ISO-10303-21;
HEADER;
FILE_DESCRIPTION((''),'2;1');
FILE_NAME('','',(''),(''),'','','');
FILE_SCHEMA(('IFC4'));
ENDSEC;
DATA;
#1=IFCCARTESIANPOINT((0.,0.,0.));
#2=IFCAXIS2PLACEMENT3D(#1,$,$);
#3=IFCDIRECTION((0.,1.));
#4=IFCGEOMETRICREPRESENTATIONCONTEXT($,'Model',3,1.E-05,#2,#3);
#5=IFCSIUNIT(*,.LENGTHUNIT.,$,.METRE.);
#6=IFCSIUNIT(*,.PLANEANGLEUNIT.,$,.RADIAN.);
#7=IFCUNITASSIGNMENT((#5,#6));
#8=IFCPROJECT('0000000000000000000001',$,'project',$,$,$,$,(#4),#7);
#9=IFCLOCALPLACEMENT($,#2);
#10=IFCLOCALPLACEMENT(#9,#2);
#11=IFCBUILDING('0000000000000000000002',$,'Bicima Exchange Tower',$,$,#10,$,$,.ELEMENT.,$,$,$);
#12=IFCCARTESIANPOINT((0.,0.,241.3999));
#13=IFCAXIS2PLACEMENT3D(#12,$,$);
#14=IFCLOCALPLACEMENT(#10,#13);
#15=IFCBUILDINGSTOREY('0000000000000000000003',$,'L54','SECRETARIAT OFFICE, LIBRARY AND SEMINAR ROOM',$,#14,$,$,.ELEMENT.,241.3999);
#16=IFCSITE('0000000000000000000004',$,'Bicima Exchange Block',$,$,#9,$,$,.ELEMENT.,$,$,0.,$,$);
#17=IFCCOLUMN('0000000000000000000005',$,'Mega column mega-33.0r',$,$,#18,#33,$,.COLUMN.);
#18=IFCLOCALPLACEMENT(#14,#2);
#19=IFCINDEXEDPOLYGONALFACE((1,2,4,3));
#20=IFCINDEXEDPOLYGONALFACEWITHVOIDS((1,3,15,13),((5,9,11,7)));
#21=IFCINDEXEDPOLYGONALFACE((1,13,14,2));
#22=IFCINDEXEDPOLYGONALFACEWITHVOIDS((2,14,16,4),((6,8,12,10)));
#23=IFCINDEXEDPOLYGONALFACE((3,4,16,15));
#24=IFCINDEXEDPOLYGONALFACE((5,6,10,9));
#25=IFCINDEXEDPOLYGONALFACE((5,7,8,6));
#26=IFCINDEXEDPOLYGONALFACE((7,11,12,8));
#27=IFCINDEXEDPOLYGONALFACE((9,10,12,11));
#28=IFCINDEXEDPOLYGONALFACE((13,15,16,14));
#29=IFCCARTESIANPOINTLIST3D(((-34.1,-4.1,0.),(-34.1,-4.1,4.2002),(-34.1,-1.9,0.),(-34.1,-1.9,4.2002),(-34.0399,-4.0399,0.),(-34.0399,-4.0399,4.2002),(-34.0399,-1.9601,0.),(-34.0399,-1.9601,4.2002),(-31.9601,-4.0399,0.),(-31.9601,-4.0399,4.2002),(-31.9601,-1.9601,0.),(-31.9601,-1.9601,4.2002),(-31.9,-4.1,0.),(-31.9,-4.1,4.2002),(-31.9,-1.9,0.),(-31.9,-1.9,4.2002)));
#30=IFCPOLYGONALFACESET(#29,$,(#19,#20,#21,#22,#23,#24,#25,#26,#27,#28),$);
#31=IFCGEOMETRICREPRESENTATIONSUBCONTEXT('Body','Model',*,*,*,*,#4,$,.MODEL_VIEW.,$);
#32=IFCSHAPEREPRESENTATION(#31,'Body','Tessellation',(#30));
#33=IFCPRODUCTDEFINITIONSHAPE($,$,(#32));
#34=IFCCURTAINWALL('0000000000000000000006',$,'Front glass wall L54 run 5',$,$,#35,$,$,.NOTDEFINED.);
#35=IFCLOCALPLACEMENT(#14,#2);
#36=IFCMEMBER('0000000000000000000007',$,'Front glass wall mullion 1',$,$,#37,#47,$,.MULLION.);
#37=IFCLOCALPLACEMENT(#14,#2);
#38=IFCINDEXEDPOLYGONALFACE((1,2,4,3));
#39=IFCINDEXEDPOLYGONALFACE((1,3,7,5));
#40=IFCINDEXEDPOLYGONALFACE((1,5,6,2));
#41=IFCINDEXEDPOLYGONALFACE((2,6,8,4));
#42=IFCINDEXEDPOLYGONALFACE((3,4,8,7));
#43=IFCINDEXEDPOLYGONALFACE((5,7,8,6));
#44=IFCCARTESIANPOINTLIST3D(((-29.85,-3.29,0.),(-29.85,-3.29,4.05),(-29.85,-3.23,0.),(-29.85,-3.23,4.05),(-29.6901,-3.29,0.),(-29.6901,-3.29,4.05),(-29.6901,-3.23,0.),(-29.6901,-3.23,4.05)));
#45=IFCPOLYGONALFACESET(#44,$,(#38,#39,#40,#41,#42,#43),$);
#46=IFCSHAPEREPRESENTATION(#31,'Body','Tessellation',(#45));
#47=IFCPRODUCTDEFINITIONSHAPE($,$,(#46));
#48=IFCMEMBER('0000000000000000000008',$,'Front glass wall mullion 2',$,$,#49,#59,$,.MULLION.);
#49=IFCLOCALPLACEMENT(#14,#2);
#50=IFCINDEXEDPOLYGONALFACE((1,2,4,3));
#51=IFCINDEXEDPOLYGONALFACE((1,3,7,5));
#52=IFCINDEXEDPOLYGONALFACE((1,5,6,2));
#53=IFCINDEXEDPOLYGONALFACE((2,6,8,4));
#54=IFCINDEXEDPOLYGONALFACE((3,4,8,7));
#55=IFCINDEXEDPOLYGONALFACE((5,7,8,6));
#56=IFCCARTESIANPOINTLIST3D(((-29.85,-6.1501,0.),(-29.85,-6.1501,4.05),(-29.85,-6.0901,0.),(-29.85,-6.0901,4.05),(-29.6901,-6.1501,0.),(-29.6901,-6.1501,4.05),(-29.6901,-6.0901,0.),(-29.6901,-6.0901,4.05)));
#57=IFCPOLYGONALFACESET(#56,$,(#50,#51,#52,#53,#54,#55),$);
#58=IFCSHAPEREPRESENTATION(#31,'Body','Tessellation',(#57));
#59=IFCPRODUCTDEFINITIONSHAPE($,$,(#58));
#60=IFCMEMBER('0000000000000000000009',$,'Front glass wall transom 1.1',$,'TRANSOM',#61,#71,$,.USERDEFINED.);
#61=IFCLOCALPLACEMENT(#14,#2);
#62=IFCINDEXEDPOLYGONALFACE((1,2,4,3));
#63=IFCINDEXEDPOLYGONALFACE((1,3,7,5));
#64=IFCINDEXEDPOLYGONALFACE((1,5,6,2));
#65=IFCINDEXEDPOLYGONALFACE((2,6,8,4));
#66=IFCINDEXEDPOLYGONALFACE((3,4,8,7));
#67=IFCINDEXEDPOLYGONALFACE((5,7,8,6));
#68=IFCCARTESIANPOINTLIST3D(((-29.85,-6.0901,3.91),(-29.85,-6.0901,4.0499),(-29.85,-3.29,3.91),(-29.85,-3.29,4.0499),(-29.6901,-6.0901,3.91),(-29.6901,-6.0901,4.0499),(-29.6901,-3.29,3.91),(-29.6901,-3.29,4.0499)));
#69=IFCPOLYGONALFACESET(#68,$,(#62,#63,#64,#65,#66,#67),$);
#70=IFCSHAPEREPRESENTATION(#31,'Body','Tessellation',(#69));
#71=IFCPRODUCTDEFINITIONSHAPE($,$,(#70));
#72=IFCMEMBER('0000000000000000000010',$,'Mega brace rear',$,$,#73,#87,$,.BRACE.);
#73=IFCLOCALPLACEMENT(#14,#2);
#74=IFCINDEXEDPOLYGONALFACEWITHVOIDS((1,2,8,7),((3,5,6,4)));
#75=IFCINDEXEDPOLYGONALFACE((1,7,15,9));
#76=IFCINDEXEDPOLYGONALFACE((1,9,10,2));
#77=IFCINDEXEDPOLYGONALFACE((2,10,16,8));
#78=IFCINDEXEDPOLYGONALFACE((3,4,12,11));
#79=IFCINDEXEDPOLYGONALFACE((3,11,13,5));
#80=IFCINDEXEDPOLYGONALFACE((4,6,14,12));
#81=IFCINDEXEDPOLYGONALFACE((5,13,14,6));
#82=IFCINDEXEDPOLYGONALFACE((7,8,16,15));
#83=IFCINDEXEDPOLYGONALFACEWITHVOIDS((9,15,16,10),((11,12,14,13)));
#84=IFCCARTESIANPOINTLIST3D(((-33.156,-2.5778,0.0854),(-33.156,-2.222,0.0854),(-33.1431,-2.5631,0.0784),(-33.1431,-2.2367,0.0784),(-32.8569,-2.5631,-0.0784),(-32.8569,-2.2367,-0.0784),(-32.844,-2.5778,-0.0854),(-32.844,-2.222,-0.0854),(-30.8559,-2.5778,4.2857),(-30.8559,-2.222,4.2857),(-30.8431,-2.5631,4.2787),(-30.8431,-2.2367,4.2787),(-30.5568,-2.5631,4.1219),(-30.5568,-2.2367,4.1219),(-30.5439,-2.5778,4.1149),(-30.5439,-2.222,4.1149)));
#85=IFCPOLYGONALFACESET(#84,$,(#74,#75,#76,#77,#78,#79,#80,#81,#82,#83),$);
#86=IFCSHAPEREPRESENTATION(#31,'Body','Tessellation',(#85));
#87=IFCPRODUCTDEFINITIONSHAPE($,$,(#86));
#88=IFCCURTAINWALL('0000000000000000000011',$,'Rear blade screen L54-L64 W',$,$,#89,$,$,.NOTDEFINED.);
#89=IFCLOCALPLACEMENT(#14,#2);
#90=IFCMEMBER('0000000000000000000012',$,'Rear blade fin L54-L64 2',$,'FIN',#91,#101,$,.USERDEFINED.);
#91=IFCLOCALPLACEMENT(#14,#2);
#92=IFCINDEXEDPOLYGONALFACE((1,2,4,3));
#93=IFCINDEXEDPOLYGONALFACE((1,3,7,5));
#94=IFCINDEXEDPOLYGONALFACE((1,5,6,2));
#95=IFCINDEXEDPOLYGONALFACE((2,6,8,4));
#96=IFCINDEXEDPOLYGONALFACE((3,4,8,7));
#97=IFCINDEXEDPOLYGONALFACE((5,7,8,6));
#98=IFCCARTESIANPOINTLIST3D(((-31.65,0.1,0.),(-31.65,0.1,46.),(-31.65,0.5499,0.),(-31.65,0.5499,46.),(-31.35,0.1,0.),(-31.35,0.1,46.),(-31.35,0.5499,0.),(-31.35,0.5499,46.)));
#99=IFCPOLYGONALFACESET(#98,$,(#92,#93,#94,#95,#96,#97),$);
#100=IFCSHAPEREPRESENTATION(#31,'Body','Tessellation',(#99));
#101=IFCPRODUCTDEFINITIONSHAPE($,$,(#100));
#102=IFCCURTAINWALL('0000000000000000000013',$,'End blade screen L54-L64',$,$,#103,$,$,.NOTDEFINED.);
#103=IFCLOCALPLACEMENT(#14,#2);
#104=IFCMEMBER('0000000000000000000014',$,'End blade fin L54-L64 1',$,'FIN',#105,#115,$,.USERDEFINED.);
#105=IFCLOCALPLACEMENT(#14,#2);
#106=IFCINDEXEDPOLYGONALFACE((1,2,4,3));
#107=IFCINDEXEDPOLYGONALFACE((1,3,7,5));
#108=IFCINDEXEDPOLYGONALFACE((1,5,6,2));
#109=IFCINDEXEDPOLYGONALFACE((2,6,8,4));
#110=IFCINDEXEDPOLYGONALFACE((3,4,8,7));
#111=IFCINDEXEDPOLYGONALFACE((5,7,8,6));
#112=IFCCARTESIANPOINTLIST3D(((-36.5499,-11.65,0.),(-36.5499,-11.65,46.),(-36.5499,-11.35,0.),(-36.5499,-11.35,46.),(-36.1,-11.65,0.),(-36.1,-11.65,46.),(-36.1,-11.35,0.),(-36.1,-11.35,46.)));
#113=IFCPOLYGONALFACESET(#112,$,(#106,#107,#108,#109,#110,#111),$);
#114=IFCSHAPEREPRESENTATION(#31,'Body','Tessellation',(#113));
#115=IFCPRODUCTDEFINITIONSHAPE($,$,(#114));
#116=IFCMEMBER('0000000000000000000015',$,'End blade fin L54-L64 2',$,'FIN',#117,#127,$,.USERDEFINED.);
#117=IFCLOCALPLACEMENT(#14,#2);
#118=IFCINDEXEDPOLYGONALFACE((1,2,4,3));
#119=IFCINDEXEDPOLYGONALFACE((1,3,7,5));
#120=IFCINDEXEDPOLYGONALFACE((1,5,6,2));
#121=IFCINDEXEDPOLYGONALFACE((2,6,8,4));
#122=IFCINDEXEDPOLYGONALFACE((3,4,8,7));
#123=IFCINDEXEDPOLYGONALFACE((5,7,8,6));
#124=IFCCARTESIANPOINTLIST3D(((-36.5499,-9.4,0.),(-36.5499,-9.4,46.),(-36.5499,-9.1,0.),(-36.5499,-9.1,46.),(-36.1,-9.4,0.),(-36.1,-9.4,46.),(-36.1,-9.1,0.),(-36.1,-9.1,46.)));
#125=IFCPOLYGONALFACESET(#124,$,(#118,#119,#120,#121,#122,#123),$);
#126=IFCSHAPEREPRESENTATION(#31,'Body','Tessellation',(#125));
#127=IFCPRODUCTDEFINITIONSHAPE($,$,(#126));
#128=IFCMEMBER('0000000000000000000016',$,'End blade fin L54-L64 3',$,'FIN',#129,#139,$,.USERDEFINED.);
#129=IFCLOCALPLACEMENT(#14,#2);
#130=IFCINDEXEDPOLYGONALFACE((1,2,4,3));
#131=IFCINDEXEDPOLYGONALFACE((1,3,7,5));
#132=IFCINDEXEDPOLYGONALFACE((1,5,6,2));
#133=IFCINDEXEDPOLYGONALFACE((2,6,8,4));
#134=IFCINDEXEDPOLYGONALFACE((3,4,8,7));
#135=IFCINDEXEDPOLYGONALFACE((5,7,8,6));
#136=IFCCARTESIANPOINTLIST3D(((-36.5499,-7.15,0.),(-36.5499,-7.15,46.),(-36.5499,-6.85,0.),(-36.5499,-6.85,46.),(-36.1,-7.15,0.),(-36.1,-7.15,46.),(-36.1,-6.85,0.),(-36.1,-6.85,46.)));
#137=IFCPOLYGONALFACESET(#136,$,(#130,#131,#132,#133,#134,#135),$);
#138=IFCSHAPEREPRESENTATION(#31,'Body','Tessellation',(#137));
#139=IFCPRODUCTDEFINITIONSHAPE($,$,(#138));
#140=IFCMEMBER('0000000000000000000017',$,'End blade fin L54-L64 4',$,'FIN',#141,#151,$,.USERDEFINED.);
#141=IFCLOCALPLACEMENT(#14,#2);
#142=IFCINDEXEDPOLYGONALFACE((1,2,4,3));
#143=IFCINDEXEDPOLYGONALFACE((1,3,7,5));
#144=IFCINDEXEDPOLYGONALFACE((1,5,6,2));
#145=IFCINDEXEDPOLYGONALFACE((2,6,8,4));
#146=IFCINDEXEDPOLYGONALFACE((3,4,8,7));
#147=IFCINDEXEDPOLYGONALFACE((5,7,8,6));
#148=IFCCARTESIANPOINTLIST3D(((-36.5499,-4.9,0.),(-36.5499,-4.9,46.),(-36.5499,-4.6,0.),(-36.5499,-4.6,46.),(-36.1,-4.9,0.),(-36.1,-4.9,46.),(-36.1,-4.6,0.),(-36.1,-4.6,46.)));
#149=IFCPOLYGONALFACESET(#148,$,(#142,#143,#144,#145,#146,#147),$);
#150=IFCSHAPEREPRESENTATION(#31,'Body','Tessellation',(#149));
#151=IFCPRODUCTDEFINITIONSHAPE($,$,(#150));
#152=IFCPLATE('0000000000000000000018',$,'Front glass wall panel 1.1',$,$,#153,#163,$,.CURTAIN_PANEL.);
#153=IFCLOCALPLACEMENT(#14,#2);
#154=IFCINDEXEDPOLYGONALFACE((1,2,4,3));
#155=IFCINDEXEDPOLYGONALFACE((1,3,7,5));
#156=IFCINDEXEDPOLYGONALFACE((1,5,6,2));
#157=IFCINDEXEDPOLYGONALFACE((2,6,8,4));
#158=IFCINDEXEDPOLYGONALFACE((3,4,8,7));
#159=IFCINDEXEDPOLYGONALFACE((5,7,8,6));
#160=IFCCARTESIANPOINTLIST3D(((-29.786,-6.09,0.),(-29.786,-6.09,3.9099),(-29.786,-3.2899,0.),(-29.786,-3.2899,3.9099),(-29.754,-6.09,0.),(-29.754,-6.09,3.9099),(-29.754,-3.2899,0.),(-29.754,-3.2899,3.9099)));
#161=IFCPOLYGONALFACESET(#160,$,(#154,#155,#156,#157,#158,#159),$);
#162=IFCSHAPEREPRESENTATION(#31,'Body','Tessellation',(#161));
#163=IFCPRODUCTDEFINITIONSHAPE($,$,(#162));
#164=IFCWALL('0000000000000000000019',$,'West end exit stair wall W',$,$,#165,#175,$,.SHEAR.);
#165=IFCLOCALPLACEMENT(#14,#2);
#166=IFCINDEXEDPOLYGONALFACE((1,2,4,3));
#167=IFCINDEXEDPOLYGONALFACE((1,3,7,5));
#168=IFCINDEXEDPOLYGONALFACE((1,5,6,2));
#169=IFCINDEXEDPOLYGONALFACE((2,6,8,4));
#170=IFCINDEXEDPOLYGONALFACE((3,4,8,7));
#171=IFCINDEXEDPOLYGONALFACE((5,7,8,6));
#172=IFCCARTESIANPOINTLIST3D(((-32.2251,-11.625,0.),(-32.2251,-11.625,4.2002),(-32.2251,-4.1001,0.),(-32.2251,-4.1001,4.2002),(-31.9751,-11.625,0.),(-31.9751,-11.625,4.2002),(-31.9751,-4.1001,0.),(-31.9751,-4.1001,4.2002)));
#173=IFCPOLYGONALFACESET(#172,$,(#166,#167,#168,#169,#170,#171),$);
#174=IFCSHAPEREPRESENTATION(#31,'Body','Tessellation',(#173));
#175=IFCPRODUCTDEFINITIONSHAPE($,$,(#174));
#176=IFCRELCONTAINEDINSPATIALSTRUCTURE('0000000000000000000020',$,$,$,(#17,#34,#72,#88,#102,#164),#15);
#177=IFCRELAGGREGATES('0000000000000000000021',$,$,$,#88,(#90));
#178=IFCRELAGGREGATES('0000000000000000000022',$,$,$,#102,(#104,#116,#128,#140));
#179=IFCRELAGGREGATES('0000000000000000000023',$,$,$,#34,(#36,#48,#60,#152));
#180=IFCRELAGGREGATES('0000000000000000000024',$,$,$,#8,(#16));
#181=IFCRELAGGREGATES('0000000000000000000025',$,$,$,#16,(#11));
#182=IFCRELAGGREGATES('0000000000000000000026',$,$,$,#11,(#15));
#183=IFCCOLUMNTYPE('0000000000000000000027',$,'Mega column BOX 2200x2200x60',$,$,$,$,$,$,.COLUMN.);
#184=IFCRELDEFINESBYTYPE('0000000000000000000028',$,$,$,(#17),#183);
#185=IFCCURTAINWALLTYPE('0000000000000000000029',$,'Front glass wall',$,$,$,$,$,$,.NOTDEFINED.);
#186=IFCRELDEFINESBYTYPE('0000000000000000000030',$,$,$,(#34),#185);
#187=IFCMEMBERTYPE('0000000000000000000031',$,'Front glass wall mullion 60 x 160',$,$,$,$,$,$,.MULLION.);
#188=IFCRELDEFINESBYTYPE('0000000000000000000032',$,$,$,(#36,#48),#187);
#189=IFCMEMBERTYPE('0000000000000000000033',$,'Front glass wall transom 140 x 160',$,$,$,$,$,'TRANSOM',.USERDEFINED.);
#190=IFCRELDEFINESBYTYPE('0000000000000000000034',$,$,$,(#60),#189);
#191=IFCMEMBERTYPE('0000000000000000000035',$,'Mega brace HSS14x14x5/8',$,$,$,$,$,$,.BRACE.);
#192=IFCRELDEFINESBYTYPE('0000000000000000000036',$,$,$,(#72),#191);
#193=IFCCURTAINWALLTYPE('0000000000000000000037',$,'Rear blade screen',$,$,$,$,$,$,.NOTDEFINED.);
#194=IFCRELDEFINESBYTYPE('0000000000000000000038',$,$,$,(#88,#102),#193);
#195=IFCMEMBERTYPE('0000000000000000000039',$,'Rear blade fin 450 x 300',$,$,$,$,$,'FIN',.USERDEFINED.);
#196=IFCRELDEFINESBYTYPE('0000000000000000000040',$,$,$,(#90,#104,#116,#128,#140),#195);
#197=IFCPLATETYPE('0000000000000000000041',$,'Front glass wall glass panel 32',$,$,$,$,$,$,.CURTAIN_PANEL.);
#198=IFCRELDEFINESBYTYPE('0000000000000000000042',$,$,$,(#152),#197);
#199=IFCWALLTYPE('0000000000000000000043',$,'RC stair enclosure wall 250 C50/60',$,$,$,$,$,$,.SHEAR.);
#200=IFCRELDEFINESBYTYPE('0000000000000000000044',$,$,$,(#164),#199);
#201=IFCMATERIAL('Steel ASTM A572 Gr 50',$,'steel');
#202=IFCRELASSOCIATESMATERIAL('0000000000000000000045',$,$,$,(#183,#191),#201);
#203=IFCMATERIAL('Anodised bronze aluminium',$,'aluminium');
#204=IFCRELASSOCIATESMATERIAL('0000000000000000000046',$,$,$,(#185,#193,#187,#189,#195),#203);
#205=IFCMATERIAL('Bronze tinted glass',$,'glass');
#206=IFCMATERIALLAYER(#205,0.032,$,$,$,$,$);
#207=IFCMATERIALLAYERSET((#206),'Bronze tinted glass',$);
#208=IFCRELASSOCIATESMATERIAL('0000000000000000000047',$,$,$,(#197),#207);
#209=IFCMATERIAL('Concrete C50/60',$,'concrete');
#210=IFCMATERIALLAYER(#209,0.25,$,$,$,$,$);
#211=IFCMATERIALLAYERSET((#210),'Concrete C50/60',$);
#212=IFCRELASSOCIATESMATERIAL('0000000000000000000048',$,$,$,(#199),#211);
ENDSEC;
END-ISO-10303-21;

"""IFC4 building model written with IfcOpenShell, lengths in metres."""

from ifc_helpers import new_model, si_unit, direction, frame, frame_2d, origin, origin_2d, place, context, subcontext, project, spatial, rectangle, hollow_rectangle, extrude, material, layer, layer_set, material_profile, profile_set, type_object, element, aggregate, save


model = new_model("IFC4")

# Units and contexts
model_context = context("Model", 3, precision=1e-05, world=origin(), true_north=direction((0.0, 1.0)))
body_context = subcontext(model_context, "Body", "Model", "MODEL_VIEW")
ifc_project = project(units=[si_unit("LENGTHUNIT", "METRE"), si_unit("PLANEANGLEUNIT", "RADIAN")], contexts=[model_context])

# Site, building, storey
site_placement = place(None, origin())
site = spatial("IfcSite", under=ifc_project, at=site_placement, Name="Bicima Exchange Block", CompositionType="ELEMENT", RefElevation=0.0)
building_placement = place(site_placement, origin())
building = spatial("IfcBuilding", under=site, at=building_placement, Name="Bicima Exchange Tower", CompositionType="ELEMENT")
storey_placement = place(building_placement, frame((0.0, 0.0, 241.3999)))
storey = spatial("IfcBuildingStorey", under=building, at=storey_placement, Name="L54", Description="SECRETARIAT OFFICE, LIBRARY AND SEMINAR ROOM", CompositionType="ELEMENT", Elevation=241.3999)

# Column
ifc_material_1 = material(Name="Steel ASTM A572 Gr 50", Category="steel")
ifc_material_profile_1 = material_profile(ifc_material_1, hollow_rectangle(XDim=2.2, YDim=2.2, WallThickness=0.0601, at=origin_2d()))
ifc_profile_set_1 = profile_set([ifc_material_profile_1], Name="Steel ASTM A572 Gr 50")
column_type = type_object("IfcColumnType", Name="Mega column BOX 2200x2200x60", PredefinedType="COLUMN", material=ifc_profile_set_1)
column_placement = place(storey_placement, frame((-33.0, -3.0, 0.0), z_axis=(0.0, 0.0, 1.0), x_axis=(1.0, 0.0, 0.0)))
element("IfcColumn", 1, at=column_placement, inside=storey, type_object=column_type, Name="Mega column mega-33.0r", PredefinedType="COLUMN", context=body_context, shape_type="SweptSolid", body=[
    extrude(hollow_rectangle(XDim=2.2, YDim=2.2, WallThickness=0.0601, at=origin_2d()), origin(), (0.0, 0.0, 1.0), 4.2002),
])

# Curtain wall, members
ifc_material_2 = material(Name="Anodised bronze aluminium", Category="aluminium")
curtain_wall_type_1 = type_object("IfcCurtainWallType", Name="Front glass wall", PredefinedType="NOTDEFINED", material=ifc_material_2)
curtain_wall_1_placement = place(storey_placement, origin())
curtain_wall_1 = element("IfcCurtainWall", 2, at=curtain_wall_1_placement, inside=storey, type_object=curtain_wall_type_1, Name="Front glass wall L54 run 5", PredefinedType="NOTDEFINED")
ifc_material_profile_2 = material_profile(ifc_material_2, rectangle(XDim=0.1599, YDim=0.0601, at=origin_2d()))
ifc_profile_set_2 = profile_set([ifc_material_profile_2], Name="Anodised bronze aluminium")
member_type_1 = type_object("IfcMemberType", Name="Front glass wall mullion 60 x 160", PredefinedType="MULLION", material=ifc_profile_set_2)
member_1_placement = place(storey_placement, frame((-29.77, -3.26, 0.0), z_axis=(0.0, 0.0, 1.0), x_axis=(1.0, 0.0, 0.0)))
member_1 = element("IfcMember", 3, at=member_1_placement, type_object=member_type_1, Name="Front glass wall mullion 1", PredefinedType="MULLION", context=body_context, shape_type="SweptSolid", body=[
    extrude(rectangle(XDim=0.1599, YDim=0.0601, at=origin_2d()), origin(), (0.0, 0.0, 1.0), 4.05),
])
member_2_placement = place(storey_placement, frame((-29.77, -6.1201, 0.0), z_axis=(0.0, 0.0, 1.0), x_axis=(1.0, 0.0, 0.0)))
member_2 = element("IfcMember", 4, at=member_2_placement, type_object=member_type_1, Name="Front glass wall mullion 2", PredefinedType="MULLION", context=body_context, shape_type="SweptSolid", body=[
    extrude(rectangle(XDim=0.1599, YDim=0.0601, at=origin_2d()), origin(), (0.0, 0.0, 1.0), 4.05),
])
ifc_material_profile_3 = material_profile(ifc_material_2, rectangle(XDim=0.1599, YDim=0.1399, at=origin_2d()))
ifc_profile_set_3 = profile_set([ifc_material_profile_3], Name="Anodised bronze aluminium")
member_type_2 = type_object("IfcMemberType", Name="Front glass wall transom 140 x 160", ElementType="TRANSOM", PredefinedType="USERDEFINED", material=ifc_profile_set_3)
member_3_placement = place(storey_placement, frame((-29.77, -3.29, 3.98), z_axis=(0.0, -1.0, 0.0), x_axis=(1.0, 0.0, 0.0)))
member_3 = element("IfcMember", 5, at=member_3_placement, type_object=member_type_2, Name="Front glass wall transom 1.1", ObjectType="TRANSOM", PredefinedType="USERDEFINED", context=body_context, shape_type="SweptSolid", body=[
    extrude(rectangle(XDim=0.1599, YDim=0.1399, at=origin_2d()), origin(), (0.0, 0.0, 1.0), 2.8),
])

# Member
ifc_material_profile_4 = material_profile(ifc_material_1, hollow_rectangle(XDim=0.3557, YDim=0.3557, WallThickness=0.0146, at=origin_2d()))
ifc_profile_set_4 = profile_set([ifc_material_profile_4], Name="Steel ASTM A572 Gr 50")
member_type_3 = type_object("IfcMemberType", Name="Mega brace HSS14x14x5/8", PredefinedType="BRACE", material=ifc_profile_set_4)
member_4_placement = place(storey_placement, frame((-33.0, -2.3999, 0.0), z_axis=(0.480305, 0.0, 0.877101), x_axis=(0.0, 1.0, 0.0)))
element("IfcMember", 6, at=member_4_placement, inside=storey, type_object=member_type_3, Name="Mega brace rear", PredefinedType="BRACE", context=body_context, shape_type="SweptSolid", body=[
    extrude(hollow_rectangle(XDim=0.3557, YDim=0.3557, WallThickness=0.0146, at=origin_2d()), origin(), (0.0, 0.0, 1.0), 4.7888),
])

# Curtain wall, member
curtain_wall_type_2 = type_object("IfcCurtainWallType", Name="Rear blade screen", PredefinedType="NOTDEFINED", material=ifc_material_2)
curtain_wall_2_placement = place(storey_placement, origin())
curtain_wall_2 = element("IfcCurtainWall", 7, at=curtain_wall_2_placement, inside=storey, type_object=curtain_wall_type_2, Name="Rear blade screen L54-L64 W", PredefinedType="NOTDEFINED")
ifc_material_profile_5 = material_profile(ifc_material_2, rectangle(XDim=0.45, YDim=0.3, at=origin_2d()))
ifc_profile_set_5 = profile_set([ifc_material_profile_5], Name="Anodised bronze aluminium")
member_type_4 = type_object("IfcMemberType", Name="Rear blade fin 450 x 300", ElementType="FIN", PredefinedType="USERDEFINED", material=ifc_profile_set_5)
member_5_placement = place(storey_placement, frame((-31.5, 0.325, 0.0), z_axis=(0.0, 0.0, 1.0), x_axis=(0.0, 1.0, 0.0)))
member_5 = element("IfcMember", 8, at=member_5_placement, type_object=member_type_4, Name="Rear blade fin L54-L64 2", ObjectType="FIN", PredefinedType="USERDEFINED", context=body_context, shape_type="SweptSolid", body=[
    extrude(rectangle(XDim=0.45, YDim=0.3, at=origin_2d()), origin(), (0.0, 0.0, 1.0), 46.0),
])
aggregate(curtain_wall_2, [member_5])

# Curtain wall, members
curtain_wall_3_placement = place(storey_placement, origin())
curtain_wall_3 = element("IfcCurtainWall", 9, at=curtain_wall_3_placement, inside=storey, type_object=curtain_wall_type_2, Name="End blade screen L54-L64", PredefinedType="NOTDEFINED")
member_6_placement = place(storey_placement, frame((-36.325, -11.5, 0.0), z_axis=(0.0, 0.0, 1.0), x_axis=(1.0, 0.0, 0.0)))
member_6 = element("IfcMember", 10, at=member_6_placement, type_object=member_type_4, Name="End blade fin L54-L64 1", ObjectType="FIN", PredefinedType="USERDEFINED", context=body_context, shape_type="SweptSolid", body=[
    extrude(rectangle(XDim=0.45, YDim=0.3, at=origin_2d()), origin(), (0.0, 0.0, 1.0), 46.0),
])
member_7_placement = place(storey_placement, frame((-36.325, -9.25, 0.0), z_axis=(0.0, 0.0, 1.0), x_axis=(1.0, 0.0, 0.0)))
member_7 = element("IfcMember", 11, at=member_7_placement, type_object=member_type_4, Name="End blade fin L54-L64 2", ObjectType="FIN", PredefinedType="USERDEFINED", context=body_context, shape_type="SweptSolid", body=[
    extrude(rectangle(XDim=0.45, YDim=0.3, at=origin_2d()), origin(), (0.0, 0.0, 1.0), 46.0),
])
member_8_placement = place(storey_placement, frame((-36.325, -7.0, 0.0), z_axis=(0.0, 0.0, 1.0), x_axis=(1.0, 0.0, 0.0)))
member_8 = element("IfcMember", 12, at=member_8_placement, type_object=member_type_4, Name="End blade fin L54-L64 3", ObjectType="FIN", PredefinedType="USERDEFINED", context=body_context, shape_type="SweptSolid", body=[
    extrude(rectangle(XDim=0.45, YDim=0.3, at=origin_2d()), origin(), (0.0, 0.0, 1.0), 46.0),
])
member_9_placement = place(storey_placement, frame((-36.325, -4.75, 0.0), z_axis=(0.0, 0.0, 1.0), x_axis=(1.0, 0.0, 0.0)))
member_9 = element("IfcMember", 13, at=member_9_placement, type_object=member_type_4, Name="End blade fin L54-L64 4", ObjectType="FIN", PredefinedType="USERDEFINED", context=body_context, shape_type="SweptSolid", body=[
    extrude(rectangle(XDim=0.45, YDim=0.3, at=origin_2d()), origin(), (0.0, 0.0, 1.0), 46.0),
])
aggregate(curtain_wall_3, [member_6, member_7, member_8, member_9])

# Plate
ifc_material_3 = material(Name="Bronze tinted glass", Category="glass")
ifc_layer_1 = layer(ifc_material_3, 0.032)
ifc_layer_set_1 = layer_set([ifc_layer_1], Name="Bronze tinted glass")
plate_type = type_object("IfcPlateType", Name="Front glass wall glass panel 32", PredefinedType="CURTAIN_PANEL", material=ifc_layer_set_1)
plate_placement = place(storey_placement, frame((-29.77, -4.6899, 0.0), z_axis=(0.0, 0.0, 1.0), x_axis=(0.0, -1.0, 0.0)))
plate = element("IfcPlate", 14, at=plate_placement, type_object=plate_type, Name="Front glass wall panel 1.1", PredefinedType="CURTAIN_PANEL", context=body_context, shape_type="SweptSolid", body=[
    extrude(rectangle(XDim=2.8, YDim=0.032, at=origin_2d()), origin(), (0.0, 0.0, 1.0), 3.9099),
])
aggregate(curtain_wall_1, [member_1, member_2, member_3, plate])

# Wall
ifc_material_4 = material(Name="Concrete C50/60", Category="concrete")
ifc_layer_2 = layer(ifc_material_4, 0.25)
ifc_layer_set_2 = layer_set([ifc_layer_2], Name="Concrete C50/60")
wall_type_1 = type_object("IfcWallType", Name="RC stair enclosure wall 250 C50/60", PredefinedType="SHEAR", material=ifc_layer_set_2)
wall_1_placement = place(storey_placement, frame((-32.1001, -11.625, 0.0), z_axis=(0.0, 0.0, 1.0), x_axis=(0.0, 1.0, 0.0)))
element("IfcWall", 15, at=wall_1_placement, inside=storey, type_object=wall_type_1, Name="West end exit stair wall W", PredefinedType="SHEAR", context=body_context, shape_type="SweptSolid", body=[
    extrude(rectangle(XDim=7.5249, YDim=0.25, at=frame_2d((3.7625, 0.0))), origin(), (0.0, 0.0, 1.0), 4.2002),
])

save(model, "model.ifc")
